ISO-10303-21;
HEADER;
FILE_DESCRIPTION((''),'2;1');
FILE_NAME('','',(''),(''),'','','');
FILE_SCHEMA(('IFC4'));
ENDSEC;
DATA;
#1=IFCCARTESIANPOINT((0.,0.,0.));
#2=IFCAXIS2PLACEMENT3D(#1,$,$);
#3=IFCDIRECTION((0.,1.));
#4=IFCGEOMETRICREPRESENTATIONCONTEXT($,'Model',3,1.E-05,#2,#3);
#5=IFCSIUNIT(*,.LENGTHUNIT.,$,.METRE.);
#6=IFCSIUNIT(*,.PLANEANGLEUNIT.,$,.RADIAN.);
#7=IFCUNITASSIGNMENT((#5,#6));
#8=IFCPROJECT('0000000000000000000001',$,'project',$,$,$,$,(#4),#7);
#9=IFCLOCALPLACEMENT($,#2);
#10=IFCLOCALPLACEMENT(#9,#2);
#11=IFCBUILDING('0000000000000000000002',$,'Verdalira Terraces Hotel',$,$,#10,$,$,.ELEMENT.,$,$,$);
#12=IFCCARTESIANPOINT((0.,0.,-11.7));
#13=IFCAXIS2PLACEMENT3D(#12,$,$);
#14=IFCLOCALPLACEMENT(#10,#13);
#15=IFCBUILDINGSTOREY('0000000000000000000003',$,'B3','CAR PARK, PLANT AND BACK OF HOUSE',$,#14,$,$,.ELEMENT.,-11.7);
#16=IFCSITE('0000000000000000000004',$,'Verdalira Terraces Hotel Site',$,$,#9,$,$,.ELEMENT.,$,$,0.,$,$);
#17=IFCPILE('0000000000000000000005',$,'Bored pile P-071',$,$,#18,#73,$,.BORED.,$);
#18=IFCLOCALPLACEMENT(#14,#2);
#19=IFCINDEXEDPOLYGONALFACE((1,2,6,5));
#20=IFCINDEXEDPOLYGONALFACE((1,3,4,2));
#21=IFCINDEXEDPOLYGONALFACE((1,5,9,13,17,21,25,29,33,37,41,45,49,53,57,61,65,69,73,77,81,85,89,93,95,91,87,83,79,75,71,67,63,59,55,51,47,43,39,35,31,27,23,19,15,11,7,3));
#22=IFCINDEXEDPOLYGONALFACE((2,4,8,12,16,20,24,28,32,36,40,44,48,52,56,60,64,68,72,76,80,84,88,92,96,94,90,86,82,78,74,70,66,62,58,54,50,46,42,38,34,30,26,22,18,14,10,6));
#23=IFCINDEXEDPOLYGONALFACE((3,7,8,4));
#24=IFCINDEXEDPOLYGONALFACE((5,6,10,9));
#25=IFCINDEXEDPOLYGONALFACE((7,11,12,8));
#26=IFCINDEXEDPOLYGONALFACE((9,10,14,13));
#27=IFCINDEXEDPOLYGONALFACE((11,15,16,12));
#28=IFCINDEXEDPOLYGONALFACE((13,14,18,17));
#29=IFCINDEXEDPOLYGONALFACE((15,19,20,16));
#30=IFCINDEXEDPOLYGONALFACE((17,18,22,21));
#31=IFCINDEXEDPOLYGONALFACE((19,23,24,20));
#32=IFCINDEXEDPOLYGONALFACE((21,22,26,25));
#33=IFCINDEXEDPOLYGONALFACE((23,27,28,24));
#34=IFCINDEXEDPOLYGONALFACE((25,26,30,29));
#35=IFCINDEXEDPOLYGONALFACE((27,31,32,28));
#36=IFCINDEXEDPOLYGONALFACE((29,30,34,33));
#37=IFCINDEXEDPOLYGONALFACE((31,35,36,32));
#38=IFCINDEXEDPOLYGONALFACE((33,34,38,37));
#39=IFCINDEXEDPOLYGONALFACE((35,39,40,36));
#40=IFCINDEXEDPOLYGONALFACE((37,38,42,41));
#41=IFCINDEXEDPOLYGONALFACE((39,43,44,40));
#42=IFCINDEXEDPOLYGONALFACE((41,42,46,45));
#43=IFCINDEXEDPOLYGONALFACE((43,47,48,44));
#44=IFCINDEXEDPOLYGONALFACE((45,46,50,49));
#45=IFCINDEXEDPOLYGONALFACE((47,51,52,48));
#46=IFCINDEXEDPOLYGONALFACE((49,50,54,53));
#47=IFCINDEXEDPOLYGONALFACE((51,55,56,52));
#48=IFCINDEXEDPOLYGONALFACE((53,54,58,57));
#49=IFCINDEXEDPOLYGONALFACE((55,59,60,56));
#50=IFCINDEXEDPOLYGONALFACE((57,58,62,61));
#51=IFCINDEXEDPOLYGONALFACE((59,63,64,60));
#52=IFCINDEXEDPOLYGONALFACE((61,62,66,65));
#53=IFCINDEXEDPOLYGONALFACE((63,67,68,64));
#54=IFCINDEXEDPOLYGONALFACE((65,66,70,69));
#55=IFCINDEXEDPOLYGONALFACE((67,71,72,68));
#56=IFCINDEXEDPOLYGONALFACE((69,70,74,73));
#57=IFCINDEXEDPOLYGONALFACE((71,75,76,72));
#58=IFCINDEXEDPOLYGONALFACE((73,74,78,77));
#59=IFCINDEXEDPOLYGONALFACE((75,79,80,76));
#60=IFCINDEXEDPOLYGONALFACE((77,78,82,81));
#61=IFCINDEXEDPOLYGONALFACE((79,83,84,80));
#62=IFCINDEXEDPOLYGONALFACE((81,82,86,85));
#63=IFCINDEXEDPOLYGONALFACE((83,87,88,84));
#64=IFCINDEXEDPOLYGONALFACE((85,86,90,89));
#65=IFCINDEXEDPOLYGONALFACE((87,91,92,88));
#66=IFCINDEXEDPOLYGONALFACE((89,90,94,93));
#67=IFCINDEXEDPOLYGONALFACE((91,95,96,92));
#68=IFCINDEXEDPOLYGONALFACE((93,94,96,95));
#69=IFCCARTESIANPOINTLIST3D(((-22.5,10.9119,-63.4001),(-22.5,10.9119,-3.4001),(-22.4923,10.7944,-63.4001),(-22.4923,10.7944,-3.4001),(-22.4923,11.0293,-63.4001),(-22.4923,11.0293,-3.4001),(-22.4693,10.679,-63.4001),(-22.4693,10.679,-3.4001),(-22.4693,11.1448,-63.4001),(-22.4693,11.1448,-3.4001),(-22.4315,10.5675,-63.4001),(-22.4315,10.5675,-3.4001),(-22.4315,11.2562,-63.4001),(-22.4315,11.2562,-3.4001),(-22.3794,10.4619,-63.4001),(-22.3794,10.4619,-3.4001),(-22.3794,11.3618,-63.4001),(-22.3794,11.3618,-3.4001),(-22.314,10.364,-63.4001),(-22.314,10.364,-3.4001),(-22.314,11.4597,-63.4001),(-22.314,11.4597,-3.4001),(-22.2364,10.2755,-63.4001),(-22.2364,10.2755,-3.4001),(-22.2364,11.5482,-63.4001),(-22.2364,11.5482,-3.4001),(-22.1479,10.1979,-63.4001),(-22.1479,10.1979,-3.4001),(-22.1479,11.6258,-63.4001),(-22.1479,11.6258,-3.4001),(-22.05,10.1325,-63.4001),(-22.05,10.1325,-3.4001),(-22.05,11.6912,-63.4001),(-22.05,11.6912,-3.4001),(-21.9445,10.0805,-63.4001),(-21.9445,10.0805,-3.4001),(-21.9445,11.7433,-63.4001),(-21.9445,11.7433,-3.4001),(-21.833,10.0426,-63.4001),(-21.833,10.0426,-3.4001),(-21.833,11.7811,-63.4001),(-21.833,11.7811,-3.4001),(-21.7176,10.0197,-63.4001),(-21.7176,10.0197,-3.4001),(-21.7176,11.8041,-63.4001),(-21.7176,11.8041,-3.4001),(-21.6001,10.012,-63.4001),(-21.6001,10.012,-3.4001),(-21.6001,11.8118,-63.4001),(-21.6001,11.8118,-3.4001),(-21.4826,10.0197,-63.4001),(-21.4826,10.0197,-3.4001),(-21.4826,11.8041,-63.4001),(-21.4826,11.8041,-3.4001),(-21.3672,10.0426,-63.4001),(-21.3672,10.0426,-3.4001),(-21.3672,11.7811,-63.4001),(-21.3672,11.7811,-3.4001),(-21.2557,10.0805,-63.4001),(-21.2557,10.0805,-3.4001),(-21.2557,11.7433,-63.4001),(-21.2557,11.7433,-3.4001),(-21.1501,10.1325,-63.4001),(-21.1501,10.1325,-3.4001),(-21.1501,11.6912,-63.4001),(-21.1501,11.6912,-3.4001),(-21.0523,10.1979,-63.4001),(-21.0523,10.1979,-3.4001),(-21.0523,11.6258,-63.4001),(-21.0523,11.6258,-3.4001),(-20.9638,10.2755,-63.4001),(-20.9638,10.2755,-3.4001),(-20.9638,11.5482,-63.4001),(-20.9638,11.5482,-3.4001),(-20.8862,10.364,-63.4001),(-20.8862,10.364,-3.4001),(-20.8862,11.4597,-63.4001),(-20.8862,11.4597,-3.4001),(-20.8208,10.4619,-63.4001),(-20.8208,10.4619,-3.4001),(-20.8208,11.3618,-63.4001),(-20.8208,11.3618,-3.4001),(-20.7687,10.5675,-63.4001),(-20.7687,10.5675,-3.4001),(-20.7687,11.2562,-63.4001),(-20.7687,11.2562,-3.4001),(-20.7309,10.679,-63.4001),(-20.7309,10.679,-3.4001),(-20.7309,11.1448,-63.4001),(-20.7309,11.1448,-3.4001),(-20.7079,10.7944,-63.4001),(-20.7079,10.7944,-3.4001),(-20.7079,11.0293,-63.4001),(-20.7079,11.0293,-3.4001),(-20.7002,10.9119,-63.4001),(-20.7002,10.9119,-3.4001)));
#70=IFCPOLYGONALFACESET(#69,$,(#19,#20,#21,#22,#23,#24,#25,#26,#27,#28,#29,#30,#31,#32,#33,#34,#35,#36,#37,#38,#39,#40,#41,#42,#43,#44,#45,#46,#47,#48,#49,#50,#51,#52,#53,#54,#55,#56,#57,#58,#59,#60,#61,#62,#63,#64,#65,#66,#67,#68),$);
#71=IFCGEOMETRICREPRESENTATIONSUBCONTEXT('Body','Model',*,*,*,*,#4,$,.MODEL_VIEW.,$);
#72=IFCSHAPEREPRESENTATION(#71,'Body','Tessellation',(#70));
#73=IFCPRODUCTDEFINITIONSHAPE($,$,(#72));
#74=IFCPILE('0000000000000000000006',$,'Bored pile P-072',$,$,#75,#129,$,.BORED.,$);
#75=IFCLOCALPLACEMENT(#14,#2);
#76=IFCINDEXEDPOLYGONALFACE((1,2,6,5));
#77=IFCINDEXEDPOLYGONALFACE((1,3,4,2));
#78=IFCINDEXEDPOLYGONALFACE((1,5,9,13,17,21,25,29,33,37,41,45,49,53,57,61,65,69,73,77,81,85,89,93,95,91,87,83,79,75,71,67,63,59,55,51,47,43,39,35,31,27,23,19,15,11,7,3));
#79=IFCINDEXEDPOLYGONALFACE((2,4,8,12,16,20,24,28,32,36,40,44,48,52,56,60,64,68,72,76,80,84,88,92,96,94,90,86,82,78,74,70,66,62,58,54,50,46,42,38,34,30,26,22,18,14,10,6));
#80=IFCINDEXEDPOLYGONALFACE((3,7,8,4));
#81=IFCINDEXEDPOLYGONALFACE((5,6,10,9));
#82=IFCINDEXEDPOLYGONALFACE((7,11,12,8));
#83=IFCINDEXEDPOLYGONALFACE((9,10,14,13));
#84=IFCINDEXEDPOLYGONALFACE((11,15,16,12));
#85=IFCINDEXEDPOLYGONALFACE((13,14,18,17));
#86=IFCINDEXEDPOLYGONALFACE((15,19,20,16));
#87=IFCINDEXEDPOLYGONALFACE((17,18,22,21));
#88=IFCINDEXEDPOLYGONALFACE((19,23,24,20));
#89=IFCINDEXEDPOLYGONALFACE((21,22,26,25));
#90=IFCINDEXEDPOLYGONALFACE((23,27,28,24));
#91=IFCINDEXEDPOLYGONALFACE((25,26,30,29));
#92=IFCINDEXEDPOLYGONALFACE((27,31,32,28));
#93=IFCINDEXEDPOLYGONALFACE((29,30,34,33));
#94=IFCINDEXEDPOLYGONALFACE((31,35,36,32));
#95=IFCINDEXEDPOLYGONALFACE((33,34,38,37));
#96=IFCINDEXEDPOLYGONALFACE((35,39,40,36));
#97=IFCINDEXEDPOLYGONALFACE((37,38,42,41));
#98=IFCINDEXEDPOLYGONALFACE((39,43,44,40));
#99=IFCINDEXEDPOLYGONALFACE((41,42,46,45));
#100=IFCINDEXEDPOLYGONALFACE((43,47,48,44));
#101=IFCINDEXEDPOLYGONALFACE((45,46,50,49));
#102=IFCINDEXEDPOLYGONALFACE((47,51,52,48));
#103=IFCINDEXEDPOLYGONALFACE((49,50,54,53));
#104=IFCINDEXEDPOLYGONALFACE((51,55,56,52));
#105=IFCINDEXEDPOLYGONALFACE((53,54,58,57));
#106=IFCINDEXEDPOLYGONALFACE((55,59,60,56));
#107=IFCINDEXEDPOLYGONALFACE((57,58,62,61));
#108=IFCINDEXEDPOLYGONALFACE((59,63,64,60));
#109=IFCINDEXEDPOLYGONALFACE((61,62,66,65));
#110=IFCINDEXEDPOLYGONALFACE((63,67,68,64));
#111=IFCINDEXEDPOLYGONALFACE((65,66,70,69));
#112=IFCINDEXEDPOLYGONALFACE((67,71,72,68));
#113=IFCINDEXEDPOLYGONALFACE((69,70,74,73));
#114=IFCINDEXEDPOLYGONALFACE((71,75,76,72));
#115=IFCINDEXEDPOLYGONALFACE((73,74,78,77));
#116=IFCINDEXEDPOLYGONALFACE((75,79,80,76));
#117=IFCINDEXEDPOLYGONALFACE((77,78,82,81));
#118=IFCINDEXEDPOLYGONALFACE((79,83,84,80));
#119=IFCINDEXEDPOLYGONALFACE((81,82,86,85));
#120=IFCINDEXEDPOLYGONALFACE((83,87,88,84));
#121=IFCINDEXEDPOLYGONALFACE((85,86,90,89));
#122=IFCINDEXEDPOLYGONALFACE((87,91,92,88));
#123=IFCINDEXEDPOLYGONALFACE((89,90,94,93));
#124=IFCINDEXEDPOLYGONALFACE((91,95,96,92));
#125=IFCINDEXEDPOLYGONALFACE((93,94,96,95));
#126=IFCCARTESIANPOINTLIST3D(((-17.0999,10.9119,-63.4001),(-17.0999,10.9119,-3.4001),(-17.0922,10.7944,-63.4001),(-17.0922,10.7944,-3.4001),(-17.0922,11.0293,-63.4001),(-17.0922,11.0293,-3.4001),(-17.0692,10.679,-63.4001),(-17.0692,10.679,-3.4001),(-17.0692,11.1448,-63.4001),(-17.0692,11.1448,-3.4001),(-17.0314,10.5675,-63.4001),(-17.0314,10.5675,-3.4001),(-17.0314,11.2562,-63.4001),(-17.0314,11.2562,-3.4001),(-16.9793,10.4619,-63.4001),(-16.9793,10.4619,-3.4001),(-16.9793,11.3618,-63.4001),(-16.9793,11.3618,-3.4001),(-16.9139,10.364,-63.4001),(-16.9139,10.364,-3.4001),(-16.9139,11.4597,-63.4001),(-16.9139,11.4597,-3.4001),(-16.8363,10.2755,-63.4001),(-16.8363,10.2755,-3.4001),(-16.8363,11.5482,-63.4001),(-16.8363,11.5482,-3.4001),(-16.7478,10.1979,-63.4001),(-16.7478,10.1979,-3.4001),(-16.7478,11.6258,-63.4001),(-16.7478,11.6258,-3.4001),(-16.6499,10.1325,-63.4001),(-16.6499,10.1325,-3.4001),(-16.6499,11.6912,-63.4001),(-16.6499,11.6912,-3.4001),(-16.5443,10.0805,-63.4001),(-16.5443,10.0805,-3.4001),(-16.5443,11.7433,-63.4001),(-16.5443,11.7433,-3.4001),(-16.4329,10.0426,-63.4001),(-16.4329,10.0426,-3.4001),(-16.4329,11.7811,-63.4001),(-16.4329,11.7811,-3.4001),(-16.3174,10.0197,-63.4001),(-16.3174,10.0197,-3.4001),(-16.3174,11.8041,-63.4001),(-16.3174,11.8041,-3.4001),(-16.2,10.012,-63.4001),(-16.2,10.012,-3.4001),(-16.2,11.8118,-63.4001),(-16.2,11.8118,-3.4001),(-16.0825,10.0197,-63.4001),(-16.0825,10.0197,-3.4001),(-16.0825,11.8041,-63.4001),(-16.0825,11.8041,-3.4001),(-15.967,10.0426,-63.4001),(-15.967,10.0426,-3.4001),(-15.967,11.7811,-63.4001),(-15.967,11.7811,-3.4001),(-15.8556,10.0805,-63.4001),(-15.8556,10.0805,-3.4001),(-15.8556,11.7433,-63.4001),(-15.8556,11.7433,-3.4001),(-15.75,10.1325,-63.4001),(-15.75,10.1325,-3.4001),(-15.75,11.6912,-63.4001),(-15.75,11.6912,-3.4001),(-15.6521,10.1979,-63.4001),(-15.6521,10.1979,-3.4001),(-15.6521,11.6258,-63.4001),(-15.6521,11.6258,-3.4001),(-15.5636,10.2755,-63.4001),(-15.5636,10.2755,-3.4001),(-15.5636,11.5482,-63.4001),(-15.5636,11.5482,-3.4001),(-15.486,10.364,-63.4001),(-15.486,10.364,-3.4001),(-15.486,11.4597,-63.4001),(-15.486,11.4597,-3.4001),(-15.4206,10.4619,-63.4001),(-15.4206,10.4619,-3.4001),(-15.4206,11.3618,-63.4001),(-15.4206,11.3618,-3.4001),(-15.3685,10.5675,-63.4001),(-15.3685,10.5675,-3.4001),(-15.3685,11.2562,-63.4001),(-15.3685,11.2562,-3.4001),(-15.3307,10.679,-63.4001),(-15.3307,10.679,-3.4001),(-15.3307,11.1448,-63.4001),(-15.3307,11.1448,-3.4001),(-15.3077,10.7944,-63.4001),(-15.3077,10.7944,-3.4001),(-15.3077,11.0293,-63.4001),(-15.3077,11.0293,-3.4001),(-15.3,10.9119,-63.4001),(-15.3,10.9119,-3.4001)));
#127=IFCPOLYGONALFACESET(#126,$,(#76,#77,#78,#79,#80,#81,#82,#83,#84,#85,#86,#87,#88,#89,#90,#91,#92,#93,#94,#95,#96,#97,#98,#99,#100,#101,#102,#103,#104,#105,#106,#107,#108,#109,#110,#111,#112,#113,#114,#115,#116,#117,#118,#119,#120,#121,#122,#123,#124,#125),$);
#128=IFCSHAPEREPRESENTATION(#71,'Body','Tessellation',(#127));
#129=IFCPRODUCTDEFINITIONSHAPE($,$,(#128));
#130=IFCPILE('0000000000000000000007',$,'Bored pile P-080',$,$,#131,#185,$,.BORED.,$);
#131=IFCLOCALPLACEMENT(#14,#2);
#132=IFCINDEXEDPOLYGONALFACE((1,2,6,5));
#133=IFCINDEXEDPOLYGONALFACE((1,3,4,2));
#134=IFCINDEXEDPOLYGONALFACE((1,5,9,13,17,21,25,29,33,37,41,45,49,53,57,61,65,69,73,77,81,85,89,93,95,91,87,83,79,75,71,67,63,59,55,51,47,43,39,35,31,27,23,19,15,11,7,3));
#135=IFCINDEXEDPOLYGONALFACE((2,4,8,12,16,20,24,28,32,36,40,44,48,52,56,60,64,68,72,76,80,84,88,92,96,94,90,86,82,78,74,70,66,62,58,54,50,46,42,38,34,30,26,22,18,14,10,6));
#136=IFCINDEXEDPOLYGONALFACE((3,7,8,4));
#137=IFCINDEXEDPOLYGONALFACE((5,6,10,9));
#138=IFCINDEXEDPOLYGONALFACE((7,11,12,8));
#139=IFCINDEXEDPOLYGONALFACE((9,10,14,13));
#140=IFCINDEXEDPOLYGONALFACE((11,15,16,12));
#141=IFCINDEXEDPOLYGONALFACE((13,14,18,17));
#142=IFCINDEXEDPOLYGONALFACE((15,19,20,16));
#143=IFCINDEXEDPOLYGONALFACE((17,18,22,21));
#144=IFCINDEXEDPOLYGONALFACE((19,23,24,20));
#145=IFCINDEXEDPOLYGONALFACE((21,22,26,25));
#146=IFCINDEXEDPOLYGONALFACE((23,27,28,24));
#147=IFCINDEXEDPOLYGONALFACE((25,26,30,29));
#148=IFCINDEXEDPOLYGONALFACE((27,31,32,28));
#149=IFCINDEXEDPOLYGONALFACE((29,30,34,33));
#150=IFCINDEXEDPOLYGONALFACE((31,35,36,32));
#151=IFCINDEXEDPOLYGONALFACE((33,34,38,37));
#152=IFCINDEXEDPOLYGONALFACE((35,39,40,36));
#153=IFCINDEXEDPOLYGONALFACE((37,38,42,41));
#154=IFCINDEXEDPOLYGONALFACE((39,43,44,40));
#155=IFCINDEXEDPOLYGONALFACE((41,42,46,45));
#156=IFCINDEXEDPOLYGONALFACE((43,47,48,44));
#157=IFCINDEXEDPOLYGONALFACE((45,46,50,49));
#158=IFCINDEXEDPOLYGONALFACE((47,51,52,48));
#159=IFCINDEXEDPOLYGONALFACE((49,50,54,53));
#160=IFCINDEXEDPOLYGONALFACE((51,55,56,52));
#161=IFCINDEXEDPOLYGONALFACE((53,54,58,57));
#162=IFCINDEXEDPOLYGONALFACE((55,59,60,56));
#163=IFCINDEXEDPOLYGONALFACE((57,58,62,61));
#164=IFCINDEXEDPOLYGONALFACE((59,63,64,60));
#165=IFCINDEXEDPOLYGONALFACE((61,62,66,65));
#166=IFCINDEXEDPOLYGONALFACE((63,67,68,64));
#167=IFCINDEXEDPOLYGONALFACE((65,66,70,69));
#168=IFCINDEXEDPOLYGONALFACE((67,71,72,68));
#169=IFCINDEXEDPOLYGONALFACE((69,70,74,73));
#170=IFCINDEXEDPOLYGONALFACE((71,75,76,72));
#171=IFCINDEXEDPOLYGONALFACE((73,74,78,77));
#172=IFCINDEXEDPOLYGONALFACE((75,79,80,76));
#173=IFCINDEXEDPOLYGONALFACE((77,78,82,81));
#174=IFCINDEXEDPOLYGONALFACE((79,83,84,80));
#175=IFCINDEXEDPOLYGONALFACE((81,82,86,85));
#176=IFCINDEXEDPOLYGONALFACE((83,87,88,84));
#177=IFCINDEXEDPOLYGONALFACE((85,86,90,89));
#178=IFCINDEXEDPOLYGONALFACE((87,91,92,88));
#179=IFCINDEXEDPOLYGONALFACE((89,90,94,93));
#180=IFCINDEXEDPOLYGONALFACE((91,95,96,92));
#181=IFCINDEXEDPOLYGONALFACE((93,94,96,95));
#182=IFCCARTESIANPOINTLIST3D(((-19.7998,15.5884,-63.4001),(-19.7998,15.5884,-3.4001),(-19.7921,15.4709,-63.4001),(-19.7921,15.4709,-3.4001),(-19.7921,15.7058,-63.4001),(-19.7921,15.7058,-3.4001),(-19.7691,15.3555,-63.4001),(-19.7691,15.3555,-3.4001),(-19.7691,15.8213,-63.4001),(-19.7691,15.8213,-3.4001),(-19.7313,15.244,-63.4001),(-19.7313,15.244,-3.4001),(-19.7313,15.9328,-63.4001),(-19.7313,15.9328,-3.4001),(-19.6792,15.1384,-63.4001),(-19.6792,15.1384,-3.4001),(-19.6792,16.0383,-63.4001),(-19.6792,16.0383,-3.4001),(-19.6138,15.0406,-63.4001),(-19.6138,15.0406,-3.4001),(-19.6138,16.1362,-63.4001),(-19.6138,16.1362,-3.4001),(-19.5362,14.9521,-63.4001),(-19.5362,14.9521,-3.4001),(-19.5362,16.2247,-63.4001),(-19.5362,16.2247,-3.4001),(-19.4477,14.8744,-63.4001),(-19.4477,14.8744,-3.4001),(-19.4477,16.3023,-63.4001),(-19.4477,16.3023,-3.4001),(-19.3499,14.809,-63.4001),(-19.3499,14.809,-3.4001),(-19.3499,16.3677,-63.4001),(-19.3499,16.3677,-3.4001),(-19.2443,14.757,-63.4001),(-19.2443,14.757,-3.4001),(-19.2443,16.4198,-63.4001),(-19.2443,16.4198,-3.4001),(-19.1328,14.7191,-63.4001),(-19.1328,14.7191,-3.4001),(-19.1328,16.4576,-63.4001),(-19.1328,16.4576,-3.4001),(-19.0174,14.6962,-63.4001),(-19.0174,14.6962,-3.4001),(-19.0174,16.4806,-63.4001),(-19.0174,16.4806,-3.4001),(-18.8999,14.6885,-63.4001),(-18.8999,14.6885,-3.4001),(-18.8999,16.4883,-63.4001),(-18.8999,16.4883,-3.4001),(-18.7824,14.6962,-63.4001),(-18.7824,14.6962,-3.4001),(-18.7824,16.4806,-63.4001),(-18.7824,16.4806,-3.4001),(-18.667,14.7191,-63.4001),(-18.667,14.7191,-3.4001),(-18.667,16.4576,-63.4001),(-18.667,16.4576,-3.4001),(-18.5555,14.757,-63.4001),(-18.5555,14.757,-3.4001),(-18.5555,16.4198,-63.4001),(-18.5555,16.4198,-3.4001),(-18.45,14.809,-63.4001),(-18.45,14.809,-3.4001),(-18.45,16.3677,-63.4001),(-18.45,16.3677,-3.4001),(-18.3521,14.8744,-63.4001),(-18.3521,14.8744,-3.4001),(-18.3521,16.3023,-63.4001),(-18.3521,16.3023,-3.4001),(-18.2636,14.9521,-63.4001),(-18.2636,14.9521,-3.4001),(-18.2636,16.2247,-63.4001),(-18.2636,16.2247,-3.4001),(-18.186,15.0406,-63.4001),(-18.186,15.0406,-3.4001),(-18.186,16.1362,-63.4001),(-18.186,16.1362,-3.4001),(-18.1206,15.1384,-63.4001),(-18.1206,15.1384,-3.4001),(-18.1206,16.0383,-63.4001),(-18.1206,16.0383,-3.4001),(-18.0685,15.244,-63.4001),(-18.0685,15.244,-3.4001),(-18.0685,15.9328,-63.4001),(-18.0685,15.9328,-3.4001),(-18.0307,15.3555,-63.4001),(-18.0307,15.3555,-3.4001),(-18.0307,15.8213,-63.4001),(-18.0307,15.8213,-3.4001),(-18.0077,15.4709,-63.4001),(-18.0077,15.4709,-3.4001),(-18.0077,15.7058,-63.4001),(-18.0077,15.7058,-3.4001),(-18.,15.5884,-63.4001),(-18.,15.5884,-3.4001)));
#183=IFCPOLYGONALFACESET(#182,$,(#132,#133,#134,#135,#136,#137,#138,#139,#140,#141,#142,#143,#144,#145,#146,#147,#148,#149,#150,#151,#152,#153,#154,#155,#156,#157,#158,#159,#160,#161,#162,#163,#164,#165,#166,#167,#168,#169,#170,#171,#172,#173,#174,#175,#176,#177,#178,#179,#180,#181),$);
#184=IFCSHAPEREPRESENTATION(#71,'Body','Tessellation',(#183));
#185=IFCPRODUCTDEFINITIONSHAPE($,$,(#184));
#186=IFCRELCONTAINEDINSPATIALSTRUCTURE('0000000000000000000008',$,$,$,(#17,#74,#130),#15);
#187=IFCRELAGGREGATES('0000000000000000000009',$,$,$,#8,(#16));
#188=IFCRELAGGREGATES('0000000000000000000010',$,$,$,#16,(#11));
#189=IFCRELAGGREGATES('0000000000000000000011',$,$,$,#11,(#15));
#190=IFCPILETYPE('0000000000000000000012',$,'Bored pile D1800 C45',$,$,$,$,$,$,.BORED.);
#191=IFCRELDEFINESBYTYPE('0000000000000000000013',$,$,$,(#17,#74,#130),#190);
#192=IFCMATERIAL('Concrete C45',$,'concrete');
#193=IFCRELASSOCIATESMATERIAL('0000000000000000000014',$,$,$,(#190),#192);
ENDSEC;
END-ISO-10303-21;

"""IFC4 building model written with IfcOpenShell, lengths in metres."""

from ifc_helpers import new_model, si_unit, direction, frame, origin, origin_2d, place, context, subcontext, project, spatial, circle, extrude, material, material_profile, profile_set, type_object, element, save


model = new_model("IFC4")

# Units and contexts
model_context = context("Model", 3, precision=1e-05, world=origin(), true_north=direction((0.0, 1.0)))
body_context = subcontext(model_context, "Body", "Model", "MODEL_VIEW")
ifc_project = project(units=[si_unit("LENGTHUNIT", "METRE"), si_unit("PLANEANGLEUNIT", "RADIAN")], contexts=[model_context])

# Site, building, storey
site_placement = place(None, origin())
site = spatial("IfcSite", under=ifc_project, at=site_placement, Name="Verdalira Terraces Hotel Site", CompositionType="ELEMENT", RefElevation=0.0)
building_placement = place(site_placement, origin())
building = spatial("IfcBuilding", under=site, at=building_placement, Name="Verdalira Terraces Hotel", CompositionType="ELEMENT")
storey_placement = place(building_placement, frame((0.0, 0.0, -11.7)))
storey = spatial("IfcBuildingStorey", under=building, at=storey_placement, Name="B3", Description="CAR PARK, PLANT AND BACK OF HOUSE", CompositionType="ELEMENT", Elevation=-11.7)

# Piles
ifc_material_1 = material(Name="Concrete C45", Category="concrete")
ifc_material_profile_1 = material_profile(ifc_material_1, circle(Radius=0.8999, at=origin_2d()), Name="D1800")
ifc_profile_set_1 = profile_set([ifc_material_profile_1], Name="Concrete C45")
pile_type = type_object("IfcPileType", Name="Bored pile D1800 C45", PredefinedType="BORED", material=ifc_profile_set_1)
for number, where, z_axis, x_axis, name in (
    (1, (-21.6001, 10.9119, -3.4001), (0.0, 0.0, -1.0), (1.0, 0.0, 0.0), "Bored pile P-071"),
    (2, (-16.2, 10.9119, -3.4001), (0.0, 0.0, -1.0), (1.0, 0.0, 0.0), "Bored pile P-072"),
    (3, (-18.8999, 15.5884, -3.4001), (0.0, 0.0, -1.0), (1.0, 0.0, 0.0), "Bored pile P-080"),
):
    element("IfcPile", number, at=place(storey_placement, frame(where, z_axis=z_axis, x_axis=x_axis)), inside=storey, type_object=pile_type, Name=name, PredefinedType="BORED", context=body_context, shape_type="SweptSolid", body=[
        extrude(circle(Radius=0.8999, at=origin_2d()), origin(), (0.0, 0.0, 1.0), 60.0),
    ])

save(model, "model.ifc")
